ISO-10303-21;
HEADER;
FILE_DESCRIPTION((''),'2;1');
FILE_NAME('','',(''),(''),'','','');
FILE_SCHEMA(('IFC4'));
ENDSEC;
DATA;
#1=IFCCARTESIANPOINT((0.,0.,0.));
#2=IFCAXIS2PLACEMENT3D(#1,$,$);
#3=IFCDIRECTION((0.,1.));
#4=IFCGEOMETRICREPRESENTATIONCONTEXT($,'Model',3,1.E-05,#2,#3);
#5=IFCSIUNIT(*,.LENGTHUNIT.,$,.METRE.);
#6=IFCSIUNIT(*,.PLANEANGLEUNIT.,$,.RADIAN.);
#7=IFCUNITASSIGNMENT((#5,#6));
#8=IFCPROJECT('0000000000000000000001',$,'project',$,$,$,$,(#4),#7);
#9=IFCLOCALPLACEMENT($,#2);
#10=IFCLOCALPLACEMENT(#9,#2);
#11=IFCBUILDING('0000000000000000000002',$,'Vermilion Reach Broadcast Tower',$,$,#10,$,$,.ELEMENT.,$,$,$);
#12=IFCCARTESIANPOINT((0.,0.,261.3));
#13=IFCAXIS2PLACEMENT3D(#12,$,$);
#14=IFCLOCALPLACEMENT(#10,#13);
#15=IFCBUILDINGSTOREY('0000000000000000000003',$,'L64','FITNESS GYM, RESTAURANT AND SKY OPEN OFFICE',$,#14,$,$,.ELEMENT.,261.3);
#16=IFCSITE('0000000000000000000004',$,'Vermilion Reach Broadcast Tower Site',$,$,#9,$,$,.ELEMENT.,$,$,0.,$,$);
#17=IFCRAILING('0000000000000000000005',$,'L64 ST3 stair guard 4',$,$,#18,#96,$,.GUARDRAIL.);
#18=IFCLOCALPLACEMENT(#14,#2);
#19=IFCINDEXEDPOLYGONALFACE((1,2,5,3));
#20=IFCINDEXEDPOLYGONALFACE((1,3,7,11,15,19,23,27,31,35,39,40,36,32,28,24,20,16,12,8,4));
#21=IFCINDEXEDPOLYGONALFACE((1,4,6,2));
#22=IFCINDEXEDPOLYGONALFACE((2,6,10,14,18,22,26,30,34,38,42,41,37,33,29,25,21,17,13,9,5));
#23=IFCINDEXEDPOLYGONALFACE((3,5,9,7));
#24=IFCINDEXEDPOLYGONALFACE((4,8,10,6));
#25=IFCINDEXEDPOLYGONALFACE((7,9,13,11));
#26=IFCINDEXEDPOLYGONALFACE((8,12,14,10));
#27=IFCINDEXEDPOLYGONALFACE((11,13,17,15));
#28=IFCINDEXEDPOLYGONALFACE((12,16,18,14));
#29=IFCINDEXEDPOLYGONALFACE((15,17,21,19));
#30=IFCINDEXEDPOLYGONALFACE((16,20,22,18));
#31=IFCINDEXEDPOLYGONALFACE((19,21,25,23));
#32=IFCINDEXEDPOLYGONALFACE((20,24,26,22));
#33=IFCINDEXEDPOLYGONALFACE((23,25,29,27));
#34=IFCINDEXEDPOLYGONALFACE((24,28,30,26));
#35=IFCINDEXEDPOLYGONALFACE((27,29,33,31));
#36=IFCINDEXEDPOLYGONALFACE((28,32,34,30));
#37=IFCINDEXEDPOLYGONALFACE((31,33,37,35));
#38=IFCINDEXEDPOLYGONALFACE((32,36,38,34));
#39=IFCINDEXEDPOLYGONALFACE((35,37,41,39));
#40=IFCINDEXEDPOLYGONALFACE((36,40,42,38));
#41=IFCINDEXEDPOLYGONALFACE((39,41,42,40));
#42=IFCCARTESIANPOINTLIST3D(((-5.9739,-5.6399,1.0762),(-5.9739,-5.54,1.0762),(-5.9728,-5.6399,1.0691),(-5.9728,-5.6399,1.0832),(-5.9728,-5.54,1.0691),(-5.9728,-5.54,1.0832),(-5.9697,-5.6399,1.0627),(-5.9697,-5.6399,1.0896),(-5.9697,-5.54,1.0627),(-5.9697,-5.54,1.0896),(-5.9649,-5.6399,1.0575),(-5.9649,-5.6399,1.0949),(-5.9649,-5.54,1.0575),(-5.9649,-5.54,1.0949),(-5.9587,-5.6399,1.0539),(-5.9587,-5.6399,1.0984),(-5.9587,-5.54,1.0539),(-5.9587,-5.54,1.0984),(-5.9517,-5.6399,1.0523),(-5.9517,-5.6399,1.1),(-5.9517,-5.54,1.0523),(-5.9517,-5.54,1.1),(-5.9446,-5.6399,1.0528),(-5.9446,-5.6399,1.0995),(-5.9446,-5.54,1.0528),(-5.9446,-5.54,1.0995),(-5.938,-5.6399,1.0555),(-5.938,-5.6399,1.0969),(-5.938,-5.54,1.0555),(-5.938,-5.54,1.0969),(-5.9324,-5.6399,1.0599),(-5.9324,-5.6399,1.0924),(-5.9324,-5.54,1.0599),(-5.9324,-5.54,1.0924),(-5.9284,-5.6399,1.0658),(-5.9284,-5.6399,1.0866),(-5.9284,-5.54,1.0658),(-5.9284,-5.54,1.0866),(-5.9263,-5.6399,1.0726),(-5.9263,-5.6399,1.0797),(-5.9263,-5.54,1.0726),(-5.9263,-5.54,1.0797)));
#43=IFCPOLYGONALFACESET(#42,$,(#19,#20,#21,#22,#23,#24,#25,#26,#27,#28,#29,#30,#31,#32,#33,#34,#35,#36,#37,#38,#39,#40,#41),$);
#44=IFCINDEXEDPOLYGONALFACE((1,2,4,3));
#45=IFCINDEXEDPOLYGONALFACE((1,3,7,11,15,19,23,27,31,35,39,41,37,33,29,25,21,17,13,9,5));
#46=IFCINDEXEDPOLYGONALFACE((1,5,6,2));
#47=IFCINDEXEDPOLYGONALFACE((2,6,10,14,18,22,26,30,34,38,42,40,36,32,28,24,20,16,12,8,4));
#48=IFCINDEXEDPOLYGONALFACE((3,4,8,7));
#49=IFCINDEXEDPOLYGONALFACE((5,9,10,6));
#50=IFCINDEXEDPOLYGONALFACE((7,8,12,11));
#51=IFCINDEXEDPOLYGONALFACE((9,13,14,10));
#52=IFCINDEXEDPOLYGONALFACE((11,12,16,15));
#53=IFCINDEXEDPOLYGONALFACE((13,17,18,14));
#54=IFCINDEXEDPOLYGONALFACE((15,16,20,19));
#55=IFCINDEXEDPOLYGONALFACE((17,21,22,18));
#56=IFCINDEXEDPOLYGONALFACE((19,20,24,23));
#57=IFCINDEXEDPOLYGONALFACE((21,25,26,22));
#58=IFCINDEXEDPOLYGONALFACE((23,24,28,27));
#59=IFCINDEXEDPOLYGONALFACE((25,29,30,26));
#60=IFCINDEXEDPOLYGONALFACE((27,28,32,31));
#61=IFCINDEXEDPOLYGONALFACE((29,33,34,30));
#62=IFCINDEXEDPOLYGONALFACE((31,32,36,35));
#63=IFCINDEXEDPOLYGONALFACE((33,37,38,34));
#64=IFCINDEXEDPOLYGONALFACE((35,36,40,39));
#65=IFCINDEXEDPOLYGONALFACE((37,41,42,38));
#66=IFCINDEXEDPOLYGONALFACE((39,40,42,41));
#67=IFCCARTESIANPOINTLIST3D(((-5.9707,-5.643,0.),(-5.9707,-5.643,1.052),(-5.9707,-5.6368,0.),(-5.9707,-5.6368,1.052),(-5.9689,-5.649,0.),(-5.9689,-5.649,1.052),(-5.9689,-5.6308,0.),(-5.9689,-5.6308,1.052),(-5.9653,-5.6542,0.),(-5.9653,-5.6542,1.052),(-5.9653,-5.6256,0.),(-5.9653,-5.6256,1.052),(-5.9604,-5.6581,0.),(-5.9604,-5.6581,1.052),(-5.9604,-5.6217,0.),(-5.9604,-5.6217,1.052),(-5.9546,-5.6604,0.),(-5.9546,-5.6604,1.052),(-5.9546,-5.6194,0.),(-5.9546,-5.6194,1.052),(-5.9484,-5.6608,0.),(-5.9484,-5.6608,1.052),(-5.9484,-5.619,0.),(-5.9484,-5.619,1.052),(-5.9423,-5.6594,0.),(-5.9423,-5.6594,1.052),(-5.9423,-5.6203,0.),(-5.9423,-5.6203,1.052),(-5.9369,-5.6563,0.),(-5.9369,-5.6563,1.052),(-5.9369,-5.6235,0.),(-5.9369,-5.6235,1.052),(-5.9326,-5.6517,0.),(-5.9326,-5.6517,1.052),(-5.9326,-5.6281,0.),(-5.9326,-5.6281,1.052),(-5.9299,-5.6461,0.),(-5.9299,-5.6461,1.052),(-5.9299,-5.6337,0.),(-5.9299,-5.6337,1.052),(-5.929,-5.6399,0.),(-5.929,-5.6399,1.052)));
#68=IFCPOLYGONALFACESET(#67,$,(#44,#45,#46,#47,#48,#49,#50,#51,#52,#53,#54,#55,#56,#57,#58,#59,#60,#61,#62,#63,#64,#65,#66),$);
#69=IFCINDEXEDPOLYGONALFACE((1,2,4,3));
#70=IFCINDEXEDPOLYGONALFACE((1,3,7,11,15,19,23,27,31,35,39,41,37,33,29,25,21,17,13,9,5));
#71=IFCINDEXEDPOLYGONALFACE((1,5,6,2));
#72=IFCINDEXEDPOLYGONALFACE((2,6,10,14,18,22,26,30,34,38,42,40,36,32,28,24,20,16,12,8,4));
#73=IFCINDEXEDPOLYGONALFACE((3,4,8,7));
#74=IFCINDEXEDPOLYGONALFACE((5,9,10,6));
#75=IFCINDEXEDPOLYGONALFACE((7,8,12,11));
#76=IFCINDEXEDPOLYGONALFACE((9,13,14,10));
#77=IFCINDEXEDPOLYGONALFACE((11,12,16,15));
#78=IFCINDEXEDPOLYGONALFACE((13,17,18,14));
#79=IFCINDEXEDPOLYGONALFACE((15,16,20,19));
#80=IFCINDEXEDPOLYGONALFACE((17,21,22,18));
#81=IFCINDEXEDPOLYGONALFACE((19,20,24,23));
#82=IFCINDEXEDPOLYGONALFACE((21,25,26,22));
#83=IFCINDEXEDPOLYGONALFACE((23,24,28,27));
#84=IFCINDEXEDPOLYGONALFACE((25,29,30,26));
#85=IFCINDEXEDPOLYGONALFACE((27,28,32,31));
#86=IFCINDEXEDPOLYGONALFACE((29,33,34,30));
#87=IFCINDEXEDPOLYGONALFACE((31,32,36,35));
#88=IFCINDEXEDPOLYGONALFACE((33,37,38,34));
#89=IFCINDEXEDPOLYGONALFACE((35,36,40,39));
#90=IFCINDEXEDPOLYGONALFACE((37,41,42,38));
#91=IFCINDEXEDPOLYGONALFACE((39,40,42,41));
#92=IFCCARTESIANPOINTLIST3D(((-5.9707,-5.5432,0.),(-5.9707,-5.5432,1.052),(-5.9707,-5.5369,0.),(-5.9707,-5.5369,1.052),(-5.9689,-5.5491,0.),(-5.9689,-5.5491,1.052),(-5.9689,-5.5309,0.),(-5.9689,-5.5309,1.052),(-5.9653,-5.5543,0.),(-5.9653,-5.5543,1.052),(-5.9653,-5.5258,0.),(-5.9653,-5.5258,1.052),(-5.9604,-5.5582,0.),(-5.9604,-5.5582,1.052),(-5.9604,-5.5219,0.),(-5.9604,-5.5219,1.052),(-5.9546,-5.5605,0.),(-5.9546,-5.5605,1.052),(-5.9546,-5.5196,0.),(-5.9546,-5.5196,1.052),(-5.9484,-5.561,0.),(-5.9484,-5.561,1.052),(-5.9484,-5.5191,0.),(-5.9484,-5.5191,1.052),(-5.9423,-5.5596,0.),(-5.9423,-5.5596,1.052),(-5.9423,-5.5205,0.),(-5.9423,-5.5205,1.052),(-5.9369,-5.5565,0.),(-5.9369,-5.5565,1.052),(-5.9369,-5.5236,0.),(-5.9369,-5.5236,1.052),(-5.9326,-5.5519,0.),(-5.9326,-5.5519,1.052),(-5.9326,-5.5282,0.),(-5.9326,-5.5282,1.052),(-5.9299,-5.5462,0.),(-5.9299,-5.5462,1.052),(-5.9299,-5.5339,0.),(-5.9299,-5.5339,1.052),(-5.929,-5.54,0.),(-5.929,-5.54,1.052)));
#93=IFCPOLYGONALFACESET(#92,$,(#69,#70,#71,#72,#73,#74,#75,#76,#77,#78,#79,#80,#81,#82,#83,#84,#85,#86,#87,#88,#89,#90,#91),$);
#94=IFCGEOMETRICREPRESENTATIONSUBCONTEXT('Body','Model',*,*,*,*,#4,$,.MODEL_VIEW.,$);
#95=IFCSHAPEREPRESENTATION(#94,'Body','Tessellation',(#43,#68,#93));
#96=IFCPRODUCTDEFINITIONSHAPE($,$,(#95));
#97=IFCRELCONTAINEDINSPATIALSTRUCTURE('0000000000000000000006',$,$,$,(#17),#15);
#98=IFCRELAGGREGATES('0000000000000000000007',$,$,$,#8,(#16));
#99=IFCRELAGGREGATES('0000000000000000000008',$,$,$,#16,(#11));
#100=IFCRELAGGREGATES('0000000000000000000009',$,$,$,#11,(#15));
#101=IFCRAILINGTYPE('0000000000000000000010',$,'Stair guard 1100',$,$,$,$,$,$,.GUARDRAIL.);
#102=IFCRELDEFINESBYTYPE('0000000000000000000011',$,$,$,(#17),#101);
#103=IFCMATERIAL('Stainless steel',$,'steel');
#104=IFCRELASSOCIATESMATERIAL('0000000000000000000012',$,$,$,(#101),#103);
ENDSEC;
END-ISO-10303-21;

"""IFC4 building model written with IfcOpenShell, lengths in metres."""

from ifc_helpers import new_model, si_unit, direction, frame, origin, origin_2d, place, context, subcontext, project, spatial, circle, extrude, material, type_object, element, save


model = new_model("IFC4")

# Units and contexts
model_context = context("Model", 3, precision=1e-05, world=origin(), true_north=direction((0.0, 1.0)))
body_context = subcontext(model_context, "Body", "Model", "MODEL_VIEW")
ifc_project = project(units=[si_unit("LENGTHUNIT", "METRE"), si_unit("PLANEANGLEUNIT", "RADIAN")], contexts=[model_context])

# Site, building, storey
site_placement = place(None, origin())
site = spatial("IfcSite", under=ifc_project, at=site_placement, Name="Vermilion Reach Broadcast Tower Site", CompositionType="ELEMENT", RefElevation=0.0)
building_placement = place(site_placement, origin())
building = spatial("IfcBuilding", under=site, at=building_placement, Name="Vermilion Reach Broadcast Tower", CompositionType="ELEMENT")
storey_placement = place(building_placement, frame((0.0, 0.0, 261.3)))
storey = spatial("IfcBuildingStorey", under=building, at=storey_placement, Name="L64", Description="FITNESS GYM, RESTAURANT AND SKY OPEN OFFICE", CompositionType="ELEMENT", Elevation=261.3)

# Railing
ifc_material_1 = material(Name="Stainless steel", Category="steel")
railing_type_1 = type_object("IfcRailingType", Name="Stair guard 1100", PredefinedType="GUARDRAIL", material=ifc_material_1)
railing_1_placement = place(storey_placement, frame((-5.95, -5.6399, 0.0)))
element("IfcRailing", 1, at=railing_1_placement, inside=storey, type_object=railing_type_1, Name="L64 ST3 stair guard 4", PredefinedType="GUARDRAIL", context=body_context, shape_type="SweptSolid", body=[
    extrude(circle(Radius=0.0239, at=origin_2d()), frame((0.0, 0.0, 1.0762), z_axis=(0.0, 1.0, 0.0), x_axis=(-1.0, 0.0, 0.0)), (0.0, 0.0, 1.0), 0.0999),
    extrude(circle(Radius=0.021, at=origin_2d()), origin(), (0.0, 0.0, 1.0), 1.052),
    extrude(circle(Radius=0.021, at=origin_2d()), frame((0.0, 0.0999, 0.0)), (0.0, 0.0, 1.0), 1.052),
])

save(model, "model.ifc")
